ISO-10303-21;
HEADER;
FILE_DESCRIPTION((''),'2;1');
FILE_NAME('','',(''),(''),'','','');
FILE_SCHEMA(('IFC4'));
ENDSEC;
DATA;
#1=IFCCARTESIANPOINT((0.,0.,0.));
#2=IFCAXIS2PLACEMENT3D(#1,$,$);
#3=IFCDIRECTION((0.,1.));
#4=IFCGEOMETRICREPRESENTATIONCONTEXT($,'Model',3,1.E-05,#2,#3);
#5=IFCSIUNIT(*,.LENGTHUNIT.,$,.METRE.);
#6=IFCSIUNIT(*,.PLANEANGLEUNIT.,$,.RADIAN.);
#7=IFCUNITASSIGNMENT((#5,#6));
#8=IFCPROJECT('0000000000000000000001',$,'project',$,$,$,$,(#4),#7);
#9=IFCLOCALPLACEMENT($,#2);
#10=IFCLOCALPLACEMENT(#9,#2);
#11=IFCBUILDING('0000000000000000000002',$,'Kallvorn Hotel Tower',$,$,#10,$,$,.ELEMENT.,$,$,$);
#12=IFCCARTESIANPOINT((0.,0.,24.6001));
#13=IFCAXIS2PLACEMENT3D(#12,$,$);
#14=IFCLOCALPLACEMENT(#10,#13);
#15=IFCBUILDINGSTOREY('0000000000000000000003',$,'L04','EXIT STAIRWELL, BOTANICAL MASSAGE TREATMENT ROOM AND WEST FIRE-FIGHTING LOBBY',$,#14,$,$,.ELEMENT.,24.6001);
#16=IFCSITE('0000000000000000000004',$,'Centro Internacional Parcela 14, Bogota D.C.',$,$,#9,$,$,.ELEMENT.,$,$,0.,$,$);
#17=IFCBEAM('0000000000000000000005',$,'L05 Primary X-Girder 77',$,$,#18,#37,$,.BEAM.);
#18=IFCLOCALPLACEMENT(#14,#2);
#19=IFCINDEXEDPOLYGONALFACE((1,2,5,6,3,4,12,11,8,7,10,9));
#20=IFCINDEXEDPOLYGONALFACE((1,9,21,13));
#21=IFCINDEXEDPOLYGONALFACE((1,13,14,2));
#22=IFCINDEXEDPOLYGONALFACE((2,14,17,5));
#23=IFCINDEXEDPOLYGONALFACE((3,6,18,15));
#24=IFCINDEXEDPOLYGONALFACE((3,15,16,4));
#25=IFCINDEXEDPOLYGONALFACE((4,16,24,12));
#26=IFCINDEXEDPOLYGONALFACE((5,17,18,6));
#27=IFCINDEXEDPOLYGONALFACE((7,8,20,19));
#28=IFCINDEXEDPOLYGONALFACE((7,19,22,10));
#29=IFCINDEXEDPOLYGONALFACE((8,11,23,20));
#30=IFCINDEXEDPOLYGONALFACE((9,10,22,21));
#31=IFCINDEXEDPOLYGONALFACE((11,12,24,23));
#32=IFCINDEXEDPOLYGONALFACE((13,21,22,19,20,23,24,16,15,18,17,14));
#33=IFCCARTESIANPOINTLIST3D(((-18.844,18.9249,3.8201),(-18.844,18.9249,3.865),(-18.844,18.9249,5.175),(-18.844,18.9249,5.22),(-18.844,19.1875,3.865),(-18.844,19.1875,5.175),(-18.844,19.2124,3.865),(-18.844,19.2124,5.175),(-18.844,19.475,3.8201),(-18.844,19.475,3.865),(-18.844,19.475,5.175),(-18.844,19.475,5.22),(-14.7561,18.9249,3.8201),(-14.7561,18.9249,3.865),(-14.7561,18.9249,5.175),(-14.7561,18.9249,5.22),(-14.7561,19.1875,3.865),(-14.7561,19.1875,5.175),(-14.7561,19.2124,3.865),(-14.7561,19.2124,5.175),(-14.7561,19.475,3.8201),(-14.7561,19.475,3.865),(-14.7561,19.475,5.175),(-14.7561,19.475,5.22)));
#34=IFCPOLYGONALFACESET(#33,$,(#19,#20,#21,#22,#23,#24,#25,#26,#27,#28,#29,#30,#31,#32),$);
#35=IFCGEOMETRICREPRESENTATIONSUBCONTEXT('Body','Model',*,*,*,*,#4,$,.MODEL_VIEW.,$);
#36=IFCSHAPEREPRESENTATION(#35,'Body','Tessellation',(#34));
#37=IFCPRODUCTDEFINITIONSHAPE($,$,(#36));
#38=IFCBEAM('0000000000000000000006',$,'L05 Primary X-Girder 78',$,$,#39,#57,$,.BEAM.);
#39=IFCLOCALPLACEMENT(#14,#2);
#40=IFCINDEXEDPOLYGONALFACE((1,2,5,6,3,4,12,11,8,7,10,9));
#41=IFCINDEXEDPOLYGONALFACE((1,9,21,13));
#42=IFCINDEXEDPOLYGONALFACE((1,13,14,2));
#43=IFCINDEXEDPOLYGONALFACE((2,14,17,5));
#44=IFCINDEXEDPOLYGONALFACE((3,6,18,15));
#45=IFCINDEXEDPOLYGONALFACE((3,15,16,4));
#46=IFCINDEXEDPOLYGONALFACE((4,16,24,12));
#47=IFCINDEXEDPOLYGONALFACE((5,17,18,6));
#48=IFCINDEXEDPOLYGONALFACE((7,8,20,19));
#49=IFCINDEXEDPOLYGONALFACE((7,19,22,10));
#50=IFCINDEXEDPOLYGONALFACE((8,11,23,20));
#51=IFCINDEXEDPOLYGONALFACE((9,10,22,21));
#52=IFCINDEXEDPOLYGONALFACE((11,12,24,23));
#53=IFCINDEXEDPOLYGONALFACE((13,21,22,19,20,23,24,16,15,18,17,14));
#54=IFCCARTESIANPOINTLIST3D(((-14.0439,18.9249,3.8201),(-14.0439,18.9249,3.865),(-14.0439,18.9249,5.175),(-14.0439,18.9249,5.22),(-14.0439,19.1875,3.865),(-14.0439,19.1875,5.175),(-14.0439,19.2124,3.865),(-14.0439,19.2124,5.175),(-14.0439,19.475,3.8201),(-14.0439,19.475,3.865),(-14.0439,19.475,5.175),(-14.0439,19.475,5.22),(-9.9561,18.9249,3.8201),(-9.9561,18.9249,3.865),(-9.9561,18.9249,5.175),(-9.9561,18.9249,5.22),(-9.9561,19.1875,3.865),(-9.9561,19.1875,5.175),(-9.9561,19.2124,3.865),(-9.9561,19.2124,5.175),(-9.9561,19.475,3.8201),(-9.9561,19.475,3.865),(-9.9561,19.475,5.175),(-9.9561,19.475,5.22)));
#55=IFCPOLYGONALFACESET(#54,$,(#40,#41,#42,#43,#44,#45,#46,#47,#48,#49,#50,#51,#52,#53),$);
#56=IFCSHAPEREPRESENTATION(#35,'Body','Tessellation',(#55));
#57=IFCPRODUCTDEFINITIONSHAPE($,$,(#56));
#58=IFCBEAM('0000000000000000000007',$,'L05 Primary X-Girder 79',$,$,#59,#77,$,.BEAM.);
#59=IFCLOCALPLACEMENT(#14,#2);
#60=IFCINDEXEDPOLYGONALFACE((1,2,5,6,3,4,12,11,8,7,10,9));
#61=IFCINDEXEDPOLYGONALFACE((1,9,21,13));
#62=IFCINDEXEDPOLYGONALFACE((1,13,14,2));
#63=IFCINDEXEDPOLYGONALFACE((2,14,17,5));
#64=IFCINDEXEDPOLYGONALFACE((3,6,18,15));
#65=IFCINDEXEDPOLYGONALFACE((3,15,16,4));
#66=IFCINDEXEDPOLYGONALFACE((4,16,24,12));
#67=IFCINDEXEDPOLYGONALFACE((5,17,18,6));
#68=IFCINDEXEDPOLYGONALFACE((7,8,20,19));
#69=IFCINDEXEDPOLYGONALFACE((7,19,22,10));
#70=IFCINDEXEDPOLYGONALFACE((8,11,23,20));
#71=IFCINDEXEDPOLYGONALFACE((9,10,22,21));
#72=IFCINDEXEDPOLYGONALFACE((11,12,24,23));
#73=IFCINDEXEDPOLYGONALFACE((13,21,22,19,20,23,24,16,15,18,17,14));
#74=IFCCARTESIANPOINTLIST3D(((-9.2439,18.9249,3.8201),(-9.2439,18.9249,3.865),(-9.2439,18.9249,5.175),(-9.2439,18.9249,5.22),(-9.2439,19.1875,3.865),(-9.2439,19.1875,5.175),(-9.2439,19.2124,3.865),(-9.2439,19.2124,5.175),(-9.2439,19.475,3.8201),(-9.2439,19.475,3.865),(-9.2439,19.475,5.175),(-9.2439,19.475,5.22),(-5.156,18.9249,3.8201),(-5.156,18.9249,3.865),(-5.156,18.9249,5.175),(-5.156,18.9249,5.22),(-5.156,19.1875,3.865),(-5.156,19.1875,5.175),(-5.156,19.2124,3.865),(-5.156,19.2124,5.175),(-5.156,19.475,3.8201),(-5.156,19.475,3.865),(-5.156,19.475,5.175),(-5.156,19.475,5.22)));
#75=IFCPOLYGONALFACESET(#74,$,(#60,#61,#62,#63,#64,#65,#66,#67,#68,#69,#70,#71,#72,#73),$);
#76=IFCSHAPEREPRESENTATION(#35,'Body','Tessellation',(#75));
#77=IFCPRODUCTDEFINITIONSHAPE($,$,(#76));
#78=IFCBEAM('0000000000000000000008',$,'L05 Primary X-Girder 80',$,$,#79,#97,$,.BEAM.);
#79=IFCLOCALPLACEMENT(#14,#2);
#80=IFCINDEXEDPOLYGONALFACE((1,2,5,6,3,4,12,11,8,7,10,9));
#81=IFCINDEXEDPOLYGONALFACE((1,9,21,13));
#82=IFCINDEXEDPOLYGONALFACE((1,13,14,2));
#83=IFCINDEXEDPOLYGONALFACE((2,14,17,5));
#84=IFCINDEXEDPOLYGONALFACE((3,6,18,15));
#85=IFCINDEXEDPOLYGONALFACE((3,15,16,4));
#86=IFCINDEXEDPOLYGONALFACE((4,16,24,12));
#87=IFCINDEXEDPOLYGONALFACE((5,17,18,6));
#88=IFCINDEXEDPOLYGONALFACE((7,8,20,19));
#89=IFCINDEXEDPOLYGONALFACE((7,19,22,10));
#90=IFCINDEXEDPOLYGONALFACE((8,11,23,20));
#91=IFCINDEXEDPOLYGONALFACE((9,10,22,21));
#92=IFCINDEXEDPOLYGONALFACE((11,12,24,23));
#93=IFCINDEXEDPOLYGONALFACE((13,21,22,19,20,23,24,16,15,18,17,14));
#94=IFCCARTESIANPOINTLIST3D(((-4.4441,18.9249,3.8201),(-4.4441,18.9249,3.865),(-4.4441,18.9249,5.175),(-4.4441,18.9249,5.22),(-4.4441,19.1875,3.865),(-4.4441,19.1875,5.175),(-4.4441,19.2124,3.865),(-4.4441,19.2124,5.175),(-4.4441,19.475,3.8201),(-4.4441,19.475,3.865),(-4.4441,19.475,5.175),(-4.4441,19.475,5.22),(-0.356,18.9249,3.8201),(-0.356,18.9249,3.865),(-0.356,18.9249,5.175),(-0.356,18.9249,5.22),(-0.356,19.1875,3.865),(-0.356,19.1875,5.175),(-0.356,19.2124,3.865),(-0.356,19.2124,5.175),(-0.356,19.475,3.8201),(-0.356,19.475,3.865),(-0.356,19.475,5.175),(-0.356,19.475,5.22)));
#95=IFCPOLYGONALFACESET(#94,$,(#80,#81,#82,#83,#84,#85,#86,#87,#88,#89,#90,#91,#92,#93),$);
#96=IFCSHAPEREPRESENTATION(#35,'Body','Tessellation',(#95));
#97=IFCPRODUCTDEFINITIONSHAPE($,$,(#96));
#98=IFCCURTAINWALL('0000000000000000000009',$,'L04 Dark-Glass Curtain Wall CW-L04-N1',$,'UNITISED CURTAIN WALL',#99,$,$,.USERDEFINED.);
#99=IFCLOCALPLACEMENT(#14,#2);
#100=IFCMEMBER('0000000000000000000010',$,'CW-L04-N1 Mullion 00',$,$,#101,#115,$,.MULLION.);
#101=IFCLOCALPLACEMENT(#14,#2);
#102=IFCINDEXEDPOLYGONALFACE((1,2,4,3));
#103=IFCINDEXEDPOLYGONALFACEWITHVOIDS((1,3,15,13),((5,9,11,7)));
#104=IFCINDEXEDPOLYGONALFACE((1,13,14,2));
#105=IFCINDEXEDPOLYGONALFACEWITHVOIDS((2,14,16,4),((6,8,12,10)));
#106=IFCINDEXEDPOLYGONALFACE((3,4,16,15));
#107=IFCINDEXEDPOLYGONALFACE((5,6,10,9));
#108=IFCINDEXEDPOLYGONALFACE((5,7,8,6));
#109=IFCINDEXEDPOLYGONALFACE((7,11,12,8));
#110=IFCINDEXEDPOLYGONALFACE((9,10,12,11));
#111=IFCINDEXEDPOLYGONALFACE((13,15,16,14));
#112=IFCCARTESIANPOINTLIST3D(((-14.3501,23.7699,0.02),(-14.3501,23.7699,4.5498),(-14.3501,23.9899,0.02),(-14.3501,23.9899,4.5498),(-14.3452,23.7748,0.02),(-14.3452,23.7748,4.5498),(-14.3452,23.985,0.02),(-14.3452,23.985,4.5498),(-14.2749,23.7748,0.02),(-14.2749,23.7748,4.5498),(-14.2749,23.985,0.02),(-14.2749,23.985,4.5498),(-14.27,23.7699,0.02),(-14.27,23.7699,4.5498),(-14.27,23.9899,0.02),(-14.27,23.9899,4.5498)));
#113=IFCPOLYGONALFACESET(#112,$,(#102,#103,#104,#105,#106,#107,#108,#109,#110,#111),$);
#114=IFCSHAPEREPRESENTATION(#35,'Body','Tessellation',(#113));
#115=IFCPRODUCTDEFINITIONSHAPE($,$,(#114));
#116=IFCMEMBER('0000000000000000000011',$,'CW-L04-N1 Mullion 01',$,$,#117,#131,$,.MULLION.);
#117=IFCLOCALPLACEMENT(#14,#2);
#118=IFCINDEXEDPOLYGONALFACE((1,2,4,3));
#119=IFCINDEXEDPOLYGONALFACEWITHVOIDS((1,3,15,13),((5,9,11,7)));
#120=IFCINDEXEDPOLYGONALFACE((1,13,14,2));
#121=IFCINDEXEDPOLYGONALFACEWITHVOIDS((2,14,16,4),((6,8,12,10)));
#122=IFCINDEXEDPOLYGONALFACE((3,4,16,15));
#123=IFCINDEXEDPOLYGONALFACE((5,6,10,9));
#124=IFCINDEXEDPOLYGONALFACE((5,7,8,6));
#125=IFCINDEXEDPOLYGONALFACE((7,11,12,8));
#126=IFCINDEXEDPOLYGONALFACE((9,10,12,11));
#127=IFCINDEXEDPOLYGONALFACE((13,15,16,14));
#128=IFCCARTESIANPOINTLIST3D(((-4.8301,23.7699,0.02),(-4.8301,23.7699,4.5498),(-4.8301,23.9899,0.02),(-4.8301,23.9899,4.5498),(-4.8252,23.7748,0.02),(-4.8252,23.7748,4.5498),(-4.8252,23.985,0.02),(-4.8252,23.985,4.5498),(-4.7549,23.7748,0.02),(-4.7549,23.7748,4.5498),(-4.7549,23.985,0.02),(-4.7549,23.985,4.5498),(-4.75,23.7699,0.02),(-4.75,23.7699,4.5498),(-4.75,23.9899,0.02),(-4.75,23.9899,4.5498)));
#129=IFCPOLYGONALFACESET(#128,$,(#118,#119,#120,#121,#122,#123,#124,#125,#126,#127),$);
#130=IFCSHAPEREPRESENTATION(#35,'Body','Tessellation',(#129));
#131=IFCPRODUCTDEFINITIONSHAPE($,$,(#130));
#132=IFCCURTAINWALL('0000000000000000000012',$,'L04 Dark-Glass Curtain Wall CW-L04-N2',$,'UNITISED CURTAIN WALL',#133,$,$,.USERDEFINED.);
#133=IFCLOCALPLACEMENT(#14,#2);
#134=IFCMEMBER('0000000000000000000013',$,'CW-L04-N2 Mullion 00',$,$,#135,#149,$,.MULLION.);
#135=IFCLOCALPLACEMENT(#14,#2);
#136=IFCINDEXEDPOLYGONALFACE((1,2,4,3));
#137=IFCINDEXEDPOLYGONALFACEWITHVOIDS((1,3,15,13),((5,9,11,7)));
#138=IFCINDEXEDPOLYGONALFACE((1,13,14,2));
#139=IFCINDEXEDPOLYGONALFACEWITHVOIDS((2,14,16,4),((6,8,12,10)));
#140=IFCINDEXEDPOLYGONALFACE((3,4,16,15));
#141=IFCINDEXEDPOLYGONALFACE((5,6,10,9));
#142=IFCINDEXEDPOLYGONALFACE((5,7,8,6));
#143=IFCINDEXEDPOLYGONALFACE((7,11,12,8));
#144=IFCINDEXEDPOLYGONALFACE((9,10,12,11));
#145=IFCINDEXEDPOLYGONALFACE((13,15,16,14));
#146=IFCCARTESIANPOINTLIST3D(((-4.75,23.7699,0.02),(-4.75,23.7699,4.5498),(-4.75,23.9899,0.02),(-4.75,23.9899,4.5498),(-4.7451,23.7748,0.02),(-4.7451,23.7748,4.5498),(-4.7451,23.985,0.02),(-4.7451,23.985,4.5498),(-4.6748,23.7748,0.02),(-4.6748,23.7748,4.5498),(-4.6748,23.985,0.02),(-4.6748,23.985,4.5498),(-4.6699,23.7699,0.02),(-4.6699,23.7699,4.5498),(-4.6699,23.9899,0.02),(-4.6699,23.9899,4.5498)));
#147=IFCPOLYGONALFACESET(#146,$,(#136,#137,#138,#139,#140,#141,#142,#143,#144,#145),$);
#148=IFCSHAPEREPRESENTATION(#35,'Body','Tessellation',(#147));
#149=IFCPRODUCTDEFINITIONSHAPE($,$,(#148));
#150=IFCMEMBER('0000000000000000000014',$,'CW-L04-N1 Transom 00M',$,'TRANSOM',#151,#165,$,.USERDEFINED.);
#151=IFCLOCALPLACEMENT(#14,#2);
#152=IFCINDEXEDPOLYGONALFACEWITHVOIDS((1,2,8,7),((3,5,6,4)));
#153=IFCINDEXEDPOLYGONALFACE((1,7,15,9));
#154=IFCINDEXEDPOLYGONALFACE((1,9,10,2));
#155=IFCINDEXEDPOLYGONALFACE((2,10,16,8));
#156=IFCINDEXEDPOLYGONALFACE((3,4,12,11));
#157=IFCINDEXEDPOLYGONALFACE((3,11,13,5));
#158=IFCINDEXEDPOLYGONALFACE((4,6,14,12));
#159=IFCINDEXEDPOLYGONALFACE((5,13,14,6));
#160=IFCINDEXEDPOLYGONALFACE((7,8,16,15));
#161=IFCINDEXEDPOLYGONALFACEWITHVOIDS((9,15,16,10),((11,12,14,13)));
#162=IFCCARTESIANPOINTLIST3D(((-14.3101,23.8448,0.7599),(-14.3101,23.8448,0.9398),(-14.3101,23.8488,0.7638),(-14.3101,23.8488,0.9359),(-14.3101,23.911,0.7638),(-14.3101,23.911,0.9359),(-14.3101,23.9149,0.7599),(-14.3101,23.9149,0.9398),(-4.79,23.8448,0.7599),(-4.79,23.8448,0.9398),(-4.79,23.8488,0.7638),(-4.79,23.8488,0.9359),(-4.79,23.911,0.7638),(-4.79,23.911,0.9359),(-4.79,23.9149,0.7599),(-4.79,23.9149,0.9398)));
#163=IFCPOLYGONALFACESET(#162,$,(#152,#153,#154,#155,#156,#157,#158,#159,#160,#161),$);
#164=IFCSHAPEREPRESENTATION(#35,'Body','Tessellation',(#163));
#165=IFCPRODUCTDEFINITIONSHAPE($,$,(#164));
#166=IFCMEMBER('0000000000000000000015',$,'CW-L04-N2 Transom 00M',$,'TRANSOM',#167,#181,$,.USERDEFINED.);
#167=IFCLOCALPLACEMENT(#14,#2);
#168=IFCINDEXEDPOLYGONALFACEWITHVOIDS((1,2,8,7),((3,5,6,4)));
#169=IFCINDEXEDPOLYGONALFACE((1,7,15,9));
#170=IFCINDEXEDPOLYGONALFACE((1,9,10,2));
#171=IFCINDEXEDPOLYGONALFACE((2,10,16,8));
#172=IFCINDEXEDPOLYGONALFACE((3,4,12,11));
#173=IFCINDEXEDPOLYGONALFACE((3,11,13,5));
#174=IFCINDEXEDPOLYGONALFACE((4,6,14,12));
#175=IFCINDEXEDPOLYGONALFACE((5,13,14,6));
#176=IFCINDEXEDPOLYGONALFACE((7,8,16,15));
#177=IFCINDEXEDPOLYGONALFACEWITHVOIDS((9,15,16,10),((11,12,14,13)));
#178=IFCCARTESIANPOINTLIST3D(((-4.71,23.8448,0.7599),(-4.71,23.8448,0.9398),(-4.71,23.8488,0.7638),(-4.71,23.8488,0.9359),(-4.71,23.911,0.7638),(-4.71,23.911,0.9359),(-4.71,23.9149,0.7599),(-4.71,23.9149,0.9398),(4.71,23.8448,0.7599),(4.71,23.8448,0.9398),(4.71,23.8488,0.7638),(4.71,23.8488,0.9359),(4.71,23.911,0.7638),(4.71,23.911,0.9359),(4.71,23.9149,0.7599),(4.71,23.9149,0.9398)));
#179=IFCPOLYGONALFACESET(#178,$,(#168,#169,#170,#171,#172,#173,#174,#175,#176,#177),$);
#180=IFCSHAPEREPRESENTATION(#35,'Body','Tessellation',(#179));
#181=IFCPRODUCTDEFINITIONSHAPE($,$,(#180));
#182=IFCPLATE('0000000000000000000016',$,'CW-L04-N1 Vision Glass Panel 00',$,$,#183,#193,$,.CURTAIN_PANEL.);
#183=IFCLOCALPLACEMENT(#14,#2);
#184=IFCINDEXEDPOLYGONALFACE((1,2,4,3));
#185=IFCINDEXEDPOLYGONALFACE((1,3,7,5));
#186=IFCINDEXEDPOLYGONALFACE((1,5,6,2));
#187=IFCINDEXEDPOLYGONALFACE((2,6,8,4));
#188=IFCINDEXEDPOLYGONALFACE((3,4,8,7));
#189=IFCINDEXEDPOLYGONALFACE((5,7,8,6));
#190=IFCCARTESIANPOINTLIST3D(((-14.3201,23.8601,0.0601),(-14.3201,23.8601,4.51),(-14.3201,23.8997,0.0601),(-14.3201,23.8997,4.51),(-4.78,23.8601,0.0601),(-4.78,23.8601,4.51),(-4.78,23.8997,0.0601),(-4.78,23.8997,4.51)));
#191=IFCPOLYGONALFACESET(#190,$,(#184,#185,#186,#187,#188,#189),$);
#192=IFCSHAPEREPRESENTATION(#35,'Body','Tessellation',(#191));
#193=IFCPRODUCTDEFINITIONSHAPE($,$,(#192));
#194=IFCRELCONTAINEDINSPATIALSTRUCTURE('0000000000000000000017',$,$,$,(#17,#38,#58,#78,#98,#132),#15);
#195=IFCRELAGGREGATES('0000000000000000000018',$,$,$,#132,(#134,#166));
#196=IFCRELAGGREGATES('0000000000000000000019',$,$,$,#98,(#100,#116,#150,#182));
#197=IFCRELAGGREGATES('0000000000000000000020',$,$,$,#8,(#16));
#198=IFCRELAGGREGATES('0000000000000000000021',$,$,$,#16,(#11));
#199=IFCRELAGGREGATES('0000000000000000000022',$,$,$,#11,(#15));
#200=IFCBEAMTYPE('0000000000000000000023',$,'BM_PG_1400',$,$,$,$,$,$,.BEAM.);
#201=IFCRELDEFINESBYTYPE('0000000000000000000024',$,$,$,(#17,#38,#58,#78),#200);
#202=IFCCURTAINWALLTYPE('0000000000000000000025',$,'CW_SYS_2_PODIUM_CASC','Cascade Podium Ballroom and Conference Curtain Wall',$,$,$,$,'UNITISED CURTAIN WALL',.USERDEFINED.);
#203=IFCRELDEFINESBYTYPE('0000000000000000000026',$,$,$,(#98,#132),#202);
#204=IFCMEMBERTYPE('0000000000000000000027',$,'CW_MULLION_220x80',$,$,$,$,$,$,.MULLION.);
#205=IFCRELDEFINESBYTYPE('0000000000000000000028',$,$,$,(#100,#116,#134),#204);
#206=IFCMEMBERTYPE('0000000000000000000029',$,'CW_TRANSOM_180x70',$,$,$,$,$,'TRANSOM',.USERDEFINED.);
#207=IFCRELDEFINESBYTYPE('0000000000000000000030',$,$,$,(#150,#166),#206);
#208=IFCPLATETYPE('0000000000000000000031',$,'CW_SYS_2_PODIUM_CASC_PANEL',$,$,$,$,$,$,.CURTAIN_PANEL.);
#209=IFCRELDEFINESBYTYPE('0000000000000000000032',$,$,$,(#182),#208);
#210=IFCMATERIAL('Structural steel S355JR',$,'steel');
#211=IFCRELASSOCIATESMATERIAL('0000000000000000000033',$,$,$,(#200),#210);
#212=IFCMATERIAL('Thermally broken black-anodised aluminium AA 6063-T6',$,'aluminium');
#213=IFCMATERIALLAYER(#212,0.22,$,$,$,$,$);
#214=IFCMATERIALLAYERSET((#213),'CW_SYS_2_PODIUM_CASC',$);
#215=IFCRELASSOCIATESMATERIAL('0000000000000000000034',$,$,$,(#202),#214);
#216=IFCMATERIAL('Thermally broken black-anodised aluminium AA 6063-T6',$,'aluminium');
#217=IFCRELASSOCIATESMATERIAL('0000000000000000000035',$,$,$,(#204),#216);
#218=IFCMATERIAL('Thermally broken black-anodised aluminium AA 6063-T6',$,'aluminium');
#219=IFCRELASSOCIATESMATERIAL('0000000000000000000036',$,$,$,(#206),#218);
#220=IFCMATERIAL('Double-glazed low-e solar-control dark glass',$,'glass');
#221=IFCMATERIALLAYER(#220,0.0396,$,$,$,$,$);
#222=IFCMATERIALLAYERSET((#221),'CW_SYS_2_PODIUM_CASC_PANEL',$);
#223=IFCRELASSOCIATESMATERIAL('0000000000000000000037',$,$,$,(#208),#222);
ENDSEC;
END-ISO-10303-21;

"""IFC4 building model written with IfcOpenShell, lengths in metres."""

from ifc_helpers import new_model, si_unit, direction, frame, origin, origin_2d, place, context, subcontext, project, spatial, rectangle, hollow_rectangle, i_section, extrude, material, layer, layer_set, material_profile, profile_set, type_object, element, aggregate, save


model = new_model("IFC4")

# Units and contexts
model_context = context("Model", 3, precision=1e-05, world=origin(), true_north=direction((0.0, 1.0)))
body_context = subcontext(model_context, "Body", "Model", "MODEL_VIEW")
ifc_project = project(units=[si_unit("LENGTHUNIT", "METRE"), si_unit("PLANEANGLEUNIT", "RADIAN")], contexts=[model_context])

# Site, building, storey
site_placement = place(None, origin())
site = spatial("IfcSite", under=ifc_project, at=site_placement, Name="Centro Internacional Parcela 14, Bogota D.C.", CompositionType="ELEMENT", RefElevation=0.0)
building_placement = place(site_placement, origin())
building = spatial("IfcBuilding", under=site, at=building_placement, Name="Kallvorn Hotel Tower", CompositionType="ELEMENT")
storey_placement = place(building_placement, frame((0.0, 0.0, 24.6001)))
storey = spatial("IfcBuildingStorey", under=building, at=storey_placement, Name="L04", Description="EXIT STAIRWELL, BOTANICAL MASSAGE TREATMENT ROOM AND WEST FIRE-FIGHTING LOBBY", CompositionType="ELEMENT", Elevation=24.6001)

# Beams
ifc_material_1 = material(Name="Structural steel S355JR", Category="steel")
ifc_material_profile_1 = material_profile(ifc_material_1, i_section(OverallWidth=0.55, OverallDepth=1.3999, WebThickness=0.0249, FlangeThickness=0.0449, at=origin_2d()), Name="PG 1400x550x25x45")
ifc_profile_set_1 = profile_set([ifc_material_profile_1], Name="Structural steel S355JR")
beam_type_1 = type_object("IfcBeamType", Name="BM_PG_1400", PredefinedType="BEAM", material=ifc_profile_set_1)
for number, where, z_axis, x_axis, name in (
    (1, (-18.844, 19.2, 4.52), (1.0, 0.0, 0.0), (0.0, 1.0, 0.0), "L05 Primary X-Girder 77"),
    (2, (-14.0439, 19.2, 4.52), (1.0, 0.0, 0.0), (0.0, 1.0, 0.0), "L05 Primary X-Girder 78"),
    (3, (-9.2439, 19.2, 4.52), (1.0, 0.0, 0.0), (0.0, 1.0, 0.0), "L05 Primary X-Girder 79"),
):
    element("IfcBeam", number, at=place(storey_placement, frame(where, z_axis=z_axis, x_axis=x_axis)), inside=storey, type_object=beam_type_1, Name=name, PredefinedType="BEAM", context=body_context, shape_type="SweptSolid", body=[
        extrude(i_section(OverallWidth=0.55, OverallDepth=1.3999, WebThickness=0.0249, FlangeThickness=0.0449, at=origin_2d()), origin(), (0.0, 0.0, 1.0), 4.0879),
    ])
beam_1_placement = place(storey_placement, frame((-4.4441, 19.2, 4.52), z_axis=(1.0, 0.0, 0.0), x_axis=(0.0, 1.0, 0.0)))
element("IfcBeam", 4, at=beam_1_placement, inside=storey, type_object=beam_type_1, Name="L05 Primary X-Girder 80", PredefinedType="BEAM", context=body_context, shape_type="SweptSolid", body=[
    extrude(i_section(OverallWidth=0.55, OverallDepth=1.3999, WebThickness=0.0249, FlangeThickness=0.0449, at=origin_2d()), origin(), (0.0, 0.0, 1.0), 4.0881),
])

# Curtain wall, members
ifc_material_2 = material(Name="Thermally broken black-anodised aluminium AA 6063-T6", Category="aluminium")
ifc_layer_1 = layer(ifc_material_2, 0.22)
ifc_layer_set_1 = layer_set([ifc_layer_1], Name="CW_SYS_2_PODIUM_CASC")
curtain_wall_type = type_object("IfcCurtainWallType", Name="CW_SYS_2_PODIUM_CASC", Description="Cascade Podium Ballroom and Conference Curtain Wall", ElementType="UNITISED CURTAIN WALL", PredefinedType="USERDEFINED", material=ifc_layer_set_1)
curtain_wall_1_placement = place(storey_placement, origin())
curtain_wall_1 = element("IfcCurtainWall", 5, at=curtain_wall_1_placement, inside=storey, type_object=curtain_wall_type, Name="L04 Dark-Glass Curtain Wall CW-L04-N1", ObjectType="UNITISED CURTAIN WALL", PredefinedType="USERDEFINED")
ifc_material_3 = material(Name="Thermally broken black-anodised aluminium AA 6063-T6", Category="aluminium")
ifc_material_profile_2 = material_profile(ifc_material_3, hollow_rectangle(XDim=0.0801, YDim=0.22, WallThickness=0.0049, at=origin_2d()), Name="MUL 220x80")
ifc_profile_set_2 = profile_set([ifc_material_profile_2], Name="Thermally broken black-anodised aluminium AA 6063-T6")
member_type_1 = type_object("IfcMemberType", Name="CW_MULLION_220x80", PredefinedType="MULLION", material=ifc_profile_set_2)
member_1_placement = place(storey_placement, frame((-14.3101, 23.8799, 0.02), z_axis=(0.0, 0.0, 1.0), x_axis=(1.0, 0.0, 0.0)))
member_1 = element("IfcMember", 6, at=member_1_placement, type_object=member_type_1, Name="CW-L04-N1 Mullion 00", PredefinedType="MULLION", context=body_context, shape_type="SweptSolid", body=[
    extrude(hollow_rectangle(XDim=0.0801, YDim=0.22, WallThickness=0.0049, at=origin_2d()), origin(), (0.0, 0.0, 1.0), 4.5298),
])
member_2_placement = place(storey_placement, frame((-4.79, 23.8799, 0.02), z_axis=(0.0, 0.0, 1.0), x_axis=(1.0, 0.0, 0.0)))
member_2 = element("IfcMember", 7, at=member_2_placement, type_object=member_type_1, Name="CW-L04-N1 Mullion 01", PredefinedType="MULLION", context=body_context, shape_type="SweptSolid", body=[
    extrude(hollow_rectangle(XDim=0.0801, YDim=0.22, WallThickness=0.0049, at=origin_2d()), origin(), (0.0, 0.0, 1.0), 4.5298),
])

# Curtain wall, member
curtain_wall_2_placement = place(storey_placement, origin())
curtain_wall_2 = element("IfcCurtainWall", 8, at=curtain_wall_2_placement, inside=storey, type_object=curtain_wall_type, Name="L04 Dark-Glass Curtain Wall CW-L04-N2", ObjectType="UNITISED CURTAIN WALL", PredefinedType="USERDEFINED")
member_3_placement = place(storey_placement, frame((-4.71, 23.8799, 0.02), z_axis=(0.0, 0.0, 1.0), x_axis=(1.0, 0.0, 0.0)))
member_3 = element("IfcMember", 9, at=member_3_placement, type_object=member_type_1, Name="CW-L04-N2 Mullion 00", PredefinedType="MULLION", context=body_context, shape_type="SweptSolid", body=[
    extrude(hollow_rectangle(XDim=0.0801, YDim=0.22, WallThickness=0.0049, at=origin_2d()), origin(), (0.0, 0.0, 1.0), 4.5298),
])

# Members
ifc_material_4 = material(Name="Thermally broken black-anodised aluminium AA 6063-T6", Category="aluminium")
ifc_material_profile_3 = material_profile(ifc_material_4, hollow_rectangle(XDim=0.0701, YDim=0.1799, WallThickness=0.0039, at=origin_2d()), Name="TRN 180x70")
ifc_profile_set_3 = profile_set([ifc_material_profile_3], Name="Thermally broken black-anodised aluminium AA 6063-T6")
member_type_2 = type_object("IfcMemberType", Name="CW_TRANSOM_180x70", ElementType="TRANSOM", PredefinedType="USERDEFINED", material=ifc_profile_set_3)
member_4_placement = place(storey_placement, frame((-14.3101, 23.8799, 0.8499), z_axis=(1.0, 0.0, 0.0), x_axis=(0.0, 1.0, 0.0)))
member_4 = element("IfcMember", 10, at=member_4_placement, type_object=member_type_2, Name="CW-L04-N1 Transom 00M", ObjectType="TRANSOM", PredefinedType="USERDEFINED", context=body_context, shape_type="SweptSolid", body=[
    extrude(hollow_rectangle(XDim=0.0701, YDim=0.1799, WallThickness=0.0039, at=origin_2d()), origin(), (0.0, 0.0, 1.0), 9.52),
])
member_5_placement = place(storey_placement, frame((-4.71, 23.8799, 0.8499), z_axis=(1.0, 0.0, 0.0), x_axis=(0.0, 1.0, 0.0)))
member_5 = element("IfcMember", 11, at=member_5_placement, type_object=member_type_2, Name="CW-L04-N2 Transom 00M", ObjectType="TRANSOM", PredefinedType="USERDEFINED", context=body_context, shape_type="SweptSolid", body=[
    extrude(hollow_rectangle(XDim=0.0701, YDim=0.1799, WallThickness=0.0039, at=origin_2d()), origin(), (0.0, 0.0, 1.0), 9.4199),
])
aggregate(curtain_wall_2, [member_3, member_5])

# Plate
ifc_material_5 = material(Name="Double-glazed low-e solar-control dark glass", Category="glass")
ifc_layer_2 = layer(ifc_material_5, 0.0396)
ifc_layer_set_2 = layer_set([ifc_layer_2], Name="CW_SYS_2_PODIUM_CASC_PANEL")
plate_type_1 = type_object("IfcPlateType", Name="CW_SYS_2_PODIUM_CASC_PANEL", PredefinedType="CURTAIN_PANEL", material=ifc_layer_set_2)
plate_placement = place(storey_placement, frame((-9.55, 23.8799, 0.0601), z_axis=(0.0, 0.0, 1.0), x_axis=(1.0, 0.0, 0.0)))
plate = element("IfcPlate", 12, at=plate_placement, type_object=plate_type_1, Name="CW-L04-N1 Vision Glass Panel 00", PredefinedType="CURTAIN_PANEL", context=body_context, shape_type="SweptSolid", body=[
    extrude(rectangle(XDim=9.54, YDim=0.0396, at=origin_2d()), origin(), (0.0, 0.0, 1.0), 4.45),
])
aggregate(curtain_wall_1, [member_1, member_2, member_4, plate])

save(model, "model.ifc")
